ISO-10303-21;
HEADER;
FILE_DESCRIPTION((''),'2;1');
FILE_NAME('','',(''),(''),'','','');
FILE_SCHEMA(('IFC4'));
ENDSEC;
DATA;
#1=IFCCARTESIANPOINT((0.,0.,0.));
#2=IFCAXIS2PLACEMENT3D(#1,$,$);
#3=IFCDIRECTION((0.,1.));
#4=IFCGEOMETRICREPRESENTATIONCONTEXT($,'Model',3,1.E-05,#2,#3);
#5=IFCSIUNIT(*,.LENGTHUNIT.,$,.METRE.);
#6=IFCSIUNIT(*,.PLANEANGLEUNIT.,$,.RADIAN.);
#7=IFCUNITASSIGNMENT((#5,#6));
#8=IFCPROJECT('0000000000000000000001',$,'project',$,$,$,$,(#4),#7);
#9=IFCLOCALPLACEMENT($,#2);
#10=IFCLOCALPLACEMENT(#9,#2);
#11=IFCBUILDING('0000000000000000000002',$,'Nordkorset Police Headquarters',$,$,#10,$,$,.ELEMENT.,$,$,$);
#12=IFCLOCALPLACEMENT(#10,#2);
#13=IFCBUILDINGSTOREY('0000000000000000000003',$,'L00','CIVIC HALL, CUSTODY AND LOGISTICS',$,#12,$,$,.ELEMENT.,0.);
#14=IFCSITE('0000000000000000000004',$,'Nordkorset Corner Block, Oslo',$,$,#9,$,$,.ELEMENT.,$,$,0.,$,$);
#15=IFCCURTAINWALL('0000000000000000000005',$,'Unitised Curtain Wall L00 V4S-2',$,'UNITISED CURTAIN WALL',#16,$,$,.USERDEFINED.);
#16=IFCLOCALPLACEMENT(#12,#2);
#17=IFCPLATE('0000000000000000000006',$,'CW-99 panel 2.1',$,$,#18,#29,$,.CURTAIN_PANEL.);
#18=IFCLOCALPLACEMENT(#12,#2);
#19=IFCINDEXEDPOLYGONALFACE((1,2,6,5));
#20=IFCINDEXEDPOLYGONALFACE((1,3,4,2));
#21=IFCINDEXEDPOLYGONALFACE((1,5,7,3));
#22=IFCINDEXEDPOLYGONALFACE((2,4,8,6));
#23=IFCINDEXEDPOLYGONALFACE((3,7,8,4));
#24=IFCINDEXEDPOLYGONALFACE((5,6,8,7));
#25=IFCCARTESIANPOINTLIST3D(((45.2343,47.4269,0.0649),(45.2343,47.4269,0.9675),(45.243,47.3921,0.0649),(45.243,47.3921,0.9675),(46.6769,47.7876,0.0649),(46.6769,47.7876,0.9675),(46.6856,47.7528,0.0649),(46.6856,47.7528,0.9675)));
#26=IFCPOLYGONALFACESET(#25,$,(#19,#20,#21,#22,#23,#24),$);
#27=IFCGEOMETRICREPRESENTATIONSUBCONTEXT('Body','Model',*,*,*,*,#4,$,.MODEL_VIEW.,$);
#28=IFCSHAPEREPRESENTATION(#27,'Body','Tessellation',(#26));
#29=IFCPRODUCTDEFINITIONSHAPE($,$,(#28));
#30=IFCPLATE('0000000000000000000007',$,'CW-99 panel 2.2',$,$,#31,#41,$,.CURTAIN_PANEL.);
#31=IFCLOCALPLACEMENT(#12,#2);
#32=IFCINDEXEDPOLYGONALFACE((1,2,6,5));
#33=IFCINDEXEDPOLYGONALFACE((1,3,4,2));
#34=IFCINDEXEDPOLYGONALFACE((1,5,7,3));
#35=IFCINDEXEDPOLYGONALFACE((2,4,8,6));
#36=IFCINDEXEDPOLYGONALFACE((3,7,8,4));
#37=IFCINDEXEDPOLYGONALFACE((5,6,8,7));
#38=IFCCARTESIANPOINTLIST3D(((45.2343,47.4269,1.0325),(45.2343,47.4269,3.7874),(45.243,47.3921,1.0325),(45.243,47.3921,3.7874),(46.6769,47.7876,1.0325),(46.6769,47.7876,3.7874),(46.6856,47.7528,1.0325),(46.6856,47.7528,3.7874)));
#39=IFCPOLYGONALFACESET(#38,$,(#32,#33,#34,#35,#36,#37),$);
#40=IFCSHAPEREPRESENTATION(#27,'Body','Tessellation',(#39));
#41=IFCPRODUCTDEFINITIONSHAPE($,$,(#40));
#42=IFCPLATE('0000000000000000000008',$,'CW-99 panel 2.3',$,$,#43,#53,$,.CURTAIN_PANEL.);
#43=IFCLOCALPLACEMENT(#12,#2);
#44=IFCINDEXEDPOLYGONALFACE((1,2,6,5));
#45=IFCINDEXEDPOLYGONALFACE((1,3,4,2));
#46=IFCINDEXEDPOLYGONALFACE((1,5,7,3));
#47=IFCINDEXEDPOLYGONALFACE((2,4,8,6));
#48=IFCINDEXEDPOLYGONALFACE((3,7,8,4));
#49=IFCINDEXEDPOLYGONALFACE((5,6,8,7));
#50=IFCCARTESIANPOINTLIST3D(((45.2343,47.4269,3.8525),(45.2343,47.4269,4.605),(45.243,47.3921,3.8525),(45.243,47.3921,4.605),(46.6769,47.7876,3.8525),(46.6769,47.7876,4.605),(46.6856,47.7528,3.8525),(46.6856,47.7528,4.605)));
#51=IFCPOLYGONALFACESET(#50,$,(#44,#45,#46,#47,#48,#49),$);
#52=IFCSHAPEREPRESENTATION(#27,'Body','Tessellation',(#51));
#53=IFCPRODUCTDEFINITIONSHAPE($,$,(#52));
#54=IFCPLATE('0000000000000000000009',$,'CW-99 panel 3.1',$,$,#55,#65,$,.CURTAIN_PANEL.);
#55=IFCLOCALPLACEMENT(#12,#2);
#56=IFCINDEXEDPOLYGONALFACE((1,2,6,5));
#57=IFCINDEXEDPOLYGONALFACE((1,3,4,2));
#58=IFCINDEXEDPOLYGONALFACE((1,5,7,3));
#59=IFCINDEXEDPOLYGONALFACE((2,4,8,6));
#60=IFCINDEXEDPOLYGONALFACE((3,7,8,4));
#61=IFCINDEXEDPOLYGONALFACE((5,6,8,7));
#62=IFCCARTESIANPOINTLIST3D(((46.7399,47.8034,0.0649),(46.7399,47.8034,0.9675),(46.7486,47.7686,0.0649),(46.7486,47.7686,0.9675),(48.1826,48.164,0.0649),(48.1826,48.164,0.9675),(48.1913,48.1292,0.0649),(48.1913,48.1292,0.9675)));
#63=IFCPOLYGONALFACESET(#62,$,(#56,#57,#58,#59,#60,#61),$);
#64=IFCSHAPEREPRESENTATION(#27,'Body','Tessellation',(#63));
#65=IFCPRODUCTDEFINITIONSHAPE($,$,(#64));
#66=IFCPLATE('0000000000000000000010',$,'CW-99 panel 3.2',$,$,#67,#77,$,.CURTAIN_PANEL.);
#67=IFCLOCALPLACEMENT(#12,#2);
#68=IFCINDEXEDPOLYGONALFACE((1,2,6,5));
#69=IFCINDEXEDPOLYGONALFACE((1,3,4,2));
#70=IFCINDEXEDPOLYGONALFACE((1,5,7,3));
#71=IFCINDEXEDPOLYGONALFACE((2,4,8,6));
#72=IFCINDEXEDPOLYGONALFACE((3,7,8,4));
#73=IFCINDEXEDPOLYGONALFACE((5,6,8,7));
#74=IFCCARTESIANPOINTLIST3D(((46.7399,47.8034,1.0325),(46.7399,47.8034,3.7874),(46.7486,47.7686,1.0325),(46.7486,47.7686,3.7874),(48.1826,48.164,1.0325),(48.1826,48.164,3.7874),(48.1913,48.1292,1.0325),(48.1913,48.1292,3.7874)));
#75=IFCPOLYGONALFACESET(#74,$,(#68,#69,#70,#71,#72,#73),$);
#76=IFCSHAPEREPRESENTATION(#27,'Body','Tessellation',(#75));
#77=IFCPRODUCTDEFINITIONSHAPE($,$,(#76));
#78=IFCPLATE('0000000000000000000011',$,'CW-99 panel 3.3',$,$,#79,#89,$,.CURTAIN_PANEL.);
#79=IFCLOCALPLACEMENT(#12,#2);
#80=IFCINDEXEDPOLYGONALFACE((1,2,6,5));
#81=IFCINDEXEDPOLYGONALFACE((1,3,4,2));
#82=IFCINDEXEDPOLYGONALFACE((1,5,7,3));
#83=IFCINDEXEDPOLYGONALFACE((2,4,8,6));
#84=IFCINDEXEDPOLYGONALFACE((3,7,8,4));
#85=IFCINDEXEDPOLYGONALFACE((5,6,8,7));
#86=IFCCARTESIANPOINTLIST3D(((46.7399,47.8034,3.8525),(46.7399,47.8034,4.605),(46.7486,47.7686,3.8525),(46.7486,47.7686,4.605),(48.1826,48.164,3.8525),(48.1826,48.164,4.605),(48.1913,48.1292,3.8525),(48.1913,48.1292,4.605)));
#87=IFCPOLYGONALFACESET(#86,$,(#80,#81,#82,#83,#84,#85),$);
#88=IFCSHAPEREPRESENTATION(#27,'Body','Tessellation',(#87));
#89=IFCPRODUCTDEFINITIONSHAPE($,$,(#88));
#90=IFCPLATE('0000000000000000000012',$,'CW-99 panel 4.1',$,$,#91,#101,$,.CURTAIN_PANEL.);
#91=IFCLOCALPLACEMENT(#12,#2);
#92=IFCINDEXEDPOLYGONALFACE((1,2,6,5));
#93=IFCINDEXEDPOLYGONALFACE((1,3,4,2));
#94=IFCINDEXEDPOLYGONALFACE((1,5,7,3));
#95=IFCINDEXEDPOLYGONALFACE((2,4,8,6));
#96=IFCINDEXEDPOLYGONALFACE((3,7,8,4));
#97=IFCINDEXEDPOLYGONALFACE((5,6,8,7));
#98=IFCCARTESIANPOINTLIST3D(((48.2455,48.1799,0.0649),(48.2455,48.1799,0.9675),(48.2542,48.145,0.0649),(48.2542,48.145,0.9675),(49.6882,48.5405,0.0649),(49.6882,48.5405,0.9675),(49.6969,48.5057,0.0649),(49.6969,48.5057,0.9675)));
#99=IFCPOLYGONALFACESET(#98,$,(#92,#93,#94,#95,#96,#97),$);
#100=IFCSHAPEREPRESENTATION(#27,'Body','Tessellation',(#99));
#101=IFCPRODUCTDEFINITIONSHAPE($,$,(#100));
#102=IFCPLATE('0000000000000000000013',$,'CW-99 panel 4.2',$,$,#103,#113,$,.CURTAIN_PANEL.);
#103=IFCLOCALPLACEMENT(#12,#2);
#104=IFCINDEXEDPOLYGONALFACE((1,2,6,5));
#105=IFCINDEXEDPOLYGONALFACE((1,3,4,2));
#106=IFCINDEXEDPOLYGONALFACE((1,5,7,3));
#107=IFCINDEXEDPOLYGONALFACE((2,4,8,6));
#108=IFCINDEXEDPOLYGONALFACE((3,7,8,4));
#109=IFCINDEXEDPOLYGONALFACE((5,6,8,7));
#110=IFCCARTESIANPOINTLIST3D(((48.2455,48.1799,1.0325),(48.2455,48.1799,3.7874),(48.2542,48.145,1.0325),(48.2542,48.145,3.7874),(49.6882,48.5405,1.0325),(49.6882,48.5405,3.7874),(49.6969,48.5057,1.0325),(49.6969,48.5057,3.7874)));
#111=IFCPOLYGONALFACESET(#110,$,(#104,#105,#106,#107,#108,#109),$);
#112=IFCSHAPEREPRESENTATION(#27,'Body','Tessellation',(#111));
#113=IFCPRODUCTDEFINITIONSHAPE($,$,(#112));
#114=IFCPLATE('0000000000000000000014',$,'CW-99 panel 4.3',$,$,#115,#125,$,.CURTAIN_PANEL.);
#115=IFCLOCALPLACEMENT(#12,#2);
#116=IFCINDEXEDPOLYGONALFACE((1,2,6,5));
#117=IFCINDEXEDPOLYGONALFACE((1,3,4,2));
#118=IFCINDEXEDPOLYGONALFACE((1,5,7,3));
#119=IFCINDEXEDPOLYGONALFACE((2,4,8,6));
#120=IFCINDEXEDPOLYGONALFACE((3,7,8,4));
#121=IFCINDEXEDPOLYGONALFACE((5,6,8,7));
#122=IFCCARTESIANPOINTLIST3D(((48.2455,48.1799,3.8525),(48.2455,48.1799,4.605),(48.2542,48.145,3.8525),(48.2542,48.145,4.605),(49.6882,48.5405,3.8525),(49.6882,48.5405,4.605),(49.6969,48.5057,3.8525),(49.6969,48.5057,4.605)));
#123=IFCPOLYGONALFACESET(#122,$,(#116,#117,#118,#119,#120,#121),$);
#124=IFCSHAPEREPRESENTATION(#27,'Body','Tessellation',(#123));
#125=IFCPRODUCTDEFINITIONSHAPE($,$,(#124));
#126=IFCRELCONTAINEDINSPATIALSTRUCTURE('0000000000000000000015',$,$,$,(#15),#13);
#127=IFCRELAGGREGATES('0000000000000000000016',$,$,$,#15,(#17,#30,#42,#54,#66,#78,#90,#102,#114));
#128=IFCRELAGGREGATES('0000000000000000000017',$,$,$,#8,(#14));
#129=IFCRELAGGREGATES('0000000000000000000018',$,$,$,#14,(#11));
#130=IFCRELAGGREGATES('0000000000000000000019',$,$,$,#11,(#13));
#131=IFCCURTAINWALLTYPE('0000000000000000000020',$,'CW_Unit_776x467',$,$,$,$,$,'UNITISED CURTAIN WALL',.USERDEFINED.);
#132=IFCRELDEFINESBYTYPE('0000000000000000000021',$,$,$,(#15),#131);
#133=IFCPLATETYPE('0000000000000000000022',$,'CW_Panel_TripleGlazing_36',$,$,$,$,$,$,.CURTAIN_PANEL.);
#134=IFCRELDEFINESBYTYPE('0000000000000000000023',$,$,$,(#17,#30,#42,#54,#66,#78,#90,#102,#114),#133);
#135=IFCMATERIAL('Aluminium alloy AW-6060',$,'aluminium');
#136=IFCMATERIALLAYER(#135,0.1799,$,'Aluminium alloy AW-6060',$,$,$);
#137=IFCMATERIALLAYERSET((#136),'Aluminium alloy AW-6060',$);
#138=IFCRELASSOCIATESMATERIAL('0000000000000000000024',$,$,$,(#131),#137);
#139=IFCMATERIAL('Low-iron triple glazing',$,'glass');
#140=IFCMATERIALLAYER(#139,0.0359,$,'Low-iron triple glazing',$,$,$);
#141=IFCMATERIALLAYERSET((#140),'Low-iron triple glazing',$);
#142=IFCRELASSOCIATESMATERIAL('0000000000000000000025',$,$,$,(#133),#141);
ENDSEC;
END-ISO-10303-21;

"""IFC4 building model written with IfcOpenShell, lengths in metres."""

from ifc_helpers import new_model, si_unit, direction, frame, origin, origin_2d, place, context, subcontext, project, spatial, rectangle, extrude, material, layer, layer_set, type_object, element, aggregate, save


model = new_model("IFC4")

# Units and contexts
model_context = context("Model", 3, precision=1e-05, world=origin(), true_north=direction((0.0, 1.0)))
body_context = subcontext(model_context, "Body", "Model", "MODEL_VIEW")
ifc_project = project(units=[si_unit("LENGTHUNIT", "METRE"), si_unit("PLANEANGLEUNIT", "RADIAN")], contexts=[model_context])

# Site, building, storey
site_placement = place(None, origin())
site = spatial("IfcSite", under=ifc_project, at=site_placement, Name="Nordkorset Corner Block, Oslo", CompositionType="ELEMENT", RefElevation=0.0)
building_placement = place(site_placement, origin())
building = spatial("IfcBuilding", under=site, at=building_placement, Name="Nordkorset Police Headquarters", CompositionType="ELEMENT")
storey_placement = place(building_placement, origin())
storey = spatial("IfcBuildingStorey", under=building, at=storey_placement, Name="L00", Description="CIVIC HALL, CUSTODY AND LOGISTICS", CompositionType="ELEMENT", Elevation=0.0)

# Curtain wall, plates
ifc_material_1 = material(Name="Aluminium alloy AW-6060", Category="aluminium")
ifc_layer_1 = layer(ifc_material_1, 0.1799, Name="Aluminium alloy AW-6060")
ifc_layer_set_1 = layer_set([ifc_layer_1], Name="Aluminium alloy AW-6060")
curtain_wall_type = type_object("IfcCurtainWallType", Name="CW_Unit_776x467", ElementType="UNITISED CURTAIN WALL", PredefinedType="USERDEFINED", material=ifc_layer_set_1)
curtain_wall_placement = place(storey_placement, origin())
curtain_wall = element("IfcCurtainWall", 1, at=curtain_wall_placement, inside=storey, type_object=curtain_wall_type, Name="Unitised Curtain Wall L00 V4S-2", ObjectType="UNITISED CURTAIN WALL", PredefinedType="USERDEFINED")
ifc_material_2 = material(Name="Low-iron triple glazing", Category="glass")
ifc_layer_2 = layer(ifc_material_2, 0.0359, Name="Low-iron triple glazing")
ifc_layer_set_2 = layer_set([ifc_layer_2], Name="Low-iron triple glazing")
plate_type = type_object("IfcPlateType", Name="CW_Panel_TripleGlazing_36", PredefinedType="CURTAIN_PANEL", material=ifc_layer_set_2)
plate_1_placement = place(storey_placement, frame((45.96, 47.5898, 0.0649), z_axis=(0.0, 0.0, 1.0), x_axis=(0.970143, 0.242535, 0.0)))
plate_1 = element("IfcPlate", 2, at=plate_1_placement, type_object=plate_type, Name="CW-99 panel 2.1", PredefinedType="CURTAIN_PANEL", context=body_context, shape_type="SweptSolid", body=[
    extrude(rectangle(XDim=1.4871, YDim=0.0359, at=origin_2d()), origin(), (0.0, 0.0, 1.0), 0.9026),
])
plate_2_placement = place(storey_placement, frame((45.96, 47.5898, 1.0325), z_axis=(0.0, 0.0, 1.0), x_axis=(0.970143, 0.242535, 0.0)))
plate_2 = element("IfcPlate", 3, at=plate_2_placement, type_object=plate_type, Name="CW-99 panel 2.2", PredefinedType="CURTAIN_PANEL", context=body_context, shape_type="SweptSolid", body=[
    extrude(rectangle(XDim=1.4871, YDim=0.0359, at=origin_2d()), origin(), (0.0, 0.0, 1.0), 2.7549),
])
plate_3_placement = place(storey_placement, frame((45.96, 47.5898, 3.8525), z_axis=(0.0, 0.0, 1.0), x_axis=(0.970143, 0.242535, 0.0)))
plate_3 = element("IfcPlate", 4, at=plate_3_placement, type_object=plate_type, Name="CW-99 panel 2.3", PredefinedType="CURTAIN_PANEL", context=body_context, shape_type="SweptSolid", body=[
    extrude(rectangle(XDim=1.4871, YDim=0.0359, at=origin_2d()), origin(), (0.0, 0.0, 1.0), 0.7524),
])
plate_4_placement = place(storey_placement, frame((47.4656, 47.9663, 0.0649), z_axis=(0.0, 0.0, 1.0), x_axis=(0.970143, 0.242535, 0.0)))
plate_4 = element("IfcPlate", 5, at=plate_4_placement, type_object=plate_type, Name="CW-99 panel 3.1", PredefinedType="CURTAIN_PANEL", context=body_context, shape_type="SweptSolid", body=[
    extrude(rectangle(XDim=1.4871, YDim=0.0359, at=origin_2d()), origin(), (0.0, 0.0, 1.0), 0.9026),
])
plate_5_placement = place(storey_placement, frame((47.4656, 47.9663, 1.0325), z_axis=(0.0, 0.0, 1.0), x_axis=(0.970143, 0.242535, 0.0)))
plate_5 = element("IfcPlate", 6, at=plate_5_placement, type_object=plate_type, Name="CW-99 panel 3.2", PredefinedType="CURTAIN_PANEL", context=body_context, shape_type="SweptSolid", body=[
    extrude(rectangle(XDim=1.4871, YDim=0.0359, at=origin_2d()), origin(), (0.0, 0.0, 1.0), 2.7549),
])
plate_6_placement = place(storey_placement, frame((47.4656, 47.9663, 3.8525), z_axis=(0.0, 0.0, 1.0), x_axis=(0.970143, 0.242535, 0.0)))
plate_6 = element("IfcPlate", 7, at=plate_6_placement, type_object=plate_type, Name="CW-99 panel 3.3", PredefinedType="CURTAIN_PANEL", context=body_context, shape_type="SweptSolid", body=[
    extrude(rectangle(XDim=1.4871, YDim=0.0359, at=origin_2d()), origin(), (0.0, 0.0, 1.0), 0.7524),
])
plate_7_placement = place(storey_placement, frame((48.9712, 48.3428, 0.0649), z_axis=(0.0, 0.0, 1.0), x_axis=(0.970143, 0.242535, 0.0)))
plate_7 = element("IfcPlate", 8, at=plate_7_placement, type_object=plate_type, Name="CW-99 panel 4.1", PredefinedType="CURTAIN_PANEL", context=body_context, shape_type="SweptSolid", body=[
    extrude(rectangle(XDim=1.4871, YDim=0.0359, at=origin_2d()), origin(), (0.0, 0.0, 1.0), 0.9026),
])
plate_8_placement = place(storey_placement, frame((48.9712, 48.3428, 1.0325), z_axis=(0.0, 0.0, 1.0), x_axis=(0.970143, 0.242535, 0.0)))
plate_8 = element("IfcPlate", 9, at=plate_8_placement, type_object=plate_type, Name="CW-99 panel 4.2", PredefinedType="CURTAIN_PANEL", context=body_context, shape_type="SweptSolid", body=[
    extrude(rectangle(XDim=1.4871, YDim=0.0359, at=origin_2d()), origin(), (0.0, 0.0, 1.0), 2.7549),
])
plate_9_placement = place(storey_placement, frame((48.9712, 48.3428, 3.8525), z_axis=(0.0, 0.0, 1.0), x_axis=(0.970143, 0.242535, 0.0)))
plate_9 = element("IfcPlate", 10, at=plate_9_placement, type_object=plate_type, Name="CW-99 panel 4.3", PredefinedType="CURTAIN_PANEL", context=body_context, shape_type="SweptSolid", body=[
    extrude(rectangle(XDim=1.4871, YDim=0.0359, at=origin_2d()), origin(), (0.0, 0.0, 1.0), 0.7524),
])
aggregate(curtain_wall, [plate_1, plate_2, plate_3, plate_4, plate_5, plate_6, plate_7, plate_8, plate_9])

save(model, "model.ifc")
